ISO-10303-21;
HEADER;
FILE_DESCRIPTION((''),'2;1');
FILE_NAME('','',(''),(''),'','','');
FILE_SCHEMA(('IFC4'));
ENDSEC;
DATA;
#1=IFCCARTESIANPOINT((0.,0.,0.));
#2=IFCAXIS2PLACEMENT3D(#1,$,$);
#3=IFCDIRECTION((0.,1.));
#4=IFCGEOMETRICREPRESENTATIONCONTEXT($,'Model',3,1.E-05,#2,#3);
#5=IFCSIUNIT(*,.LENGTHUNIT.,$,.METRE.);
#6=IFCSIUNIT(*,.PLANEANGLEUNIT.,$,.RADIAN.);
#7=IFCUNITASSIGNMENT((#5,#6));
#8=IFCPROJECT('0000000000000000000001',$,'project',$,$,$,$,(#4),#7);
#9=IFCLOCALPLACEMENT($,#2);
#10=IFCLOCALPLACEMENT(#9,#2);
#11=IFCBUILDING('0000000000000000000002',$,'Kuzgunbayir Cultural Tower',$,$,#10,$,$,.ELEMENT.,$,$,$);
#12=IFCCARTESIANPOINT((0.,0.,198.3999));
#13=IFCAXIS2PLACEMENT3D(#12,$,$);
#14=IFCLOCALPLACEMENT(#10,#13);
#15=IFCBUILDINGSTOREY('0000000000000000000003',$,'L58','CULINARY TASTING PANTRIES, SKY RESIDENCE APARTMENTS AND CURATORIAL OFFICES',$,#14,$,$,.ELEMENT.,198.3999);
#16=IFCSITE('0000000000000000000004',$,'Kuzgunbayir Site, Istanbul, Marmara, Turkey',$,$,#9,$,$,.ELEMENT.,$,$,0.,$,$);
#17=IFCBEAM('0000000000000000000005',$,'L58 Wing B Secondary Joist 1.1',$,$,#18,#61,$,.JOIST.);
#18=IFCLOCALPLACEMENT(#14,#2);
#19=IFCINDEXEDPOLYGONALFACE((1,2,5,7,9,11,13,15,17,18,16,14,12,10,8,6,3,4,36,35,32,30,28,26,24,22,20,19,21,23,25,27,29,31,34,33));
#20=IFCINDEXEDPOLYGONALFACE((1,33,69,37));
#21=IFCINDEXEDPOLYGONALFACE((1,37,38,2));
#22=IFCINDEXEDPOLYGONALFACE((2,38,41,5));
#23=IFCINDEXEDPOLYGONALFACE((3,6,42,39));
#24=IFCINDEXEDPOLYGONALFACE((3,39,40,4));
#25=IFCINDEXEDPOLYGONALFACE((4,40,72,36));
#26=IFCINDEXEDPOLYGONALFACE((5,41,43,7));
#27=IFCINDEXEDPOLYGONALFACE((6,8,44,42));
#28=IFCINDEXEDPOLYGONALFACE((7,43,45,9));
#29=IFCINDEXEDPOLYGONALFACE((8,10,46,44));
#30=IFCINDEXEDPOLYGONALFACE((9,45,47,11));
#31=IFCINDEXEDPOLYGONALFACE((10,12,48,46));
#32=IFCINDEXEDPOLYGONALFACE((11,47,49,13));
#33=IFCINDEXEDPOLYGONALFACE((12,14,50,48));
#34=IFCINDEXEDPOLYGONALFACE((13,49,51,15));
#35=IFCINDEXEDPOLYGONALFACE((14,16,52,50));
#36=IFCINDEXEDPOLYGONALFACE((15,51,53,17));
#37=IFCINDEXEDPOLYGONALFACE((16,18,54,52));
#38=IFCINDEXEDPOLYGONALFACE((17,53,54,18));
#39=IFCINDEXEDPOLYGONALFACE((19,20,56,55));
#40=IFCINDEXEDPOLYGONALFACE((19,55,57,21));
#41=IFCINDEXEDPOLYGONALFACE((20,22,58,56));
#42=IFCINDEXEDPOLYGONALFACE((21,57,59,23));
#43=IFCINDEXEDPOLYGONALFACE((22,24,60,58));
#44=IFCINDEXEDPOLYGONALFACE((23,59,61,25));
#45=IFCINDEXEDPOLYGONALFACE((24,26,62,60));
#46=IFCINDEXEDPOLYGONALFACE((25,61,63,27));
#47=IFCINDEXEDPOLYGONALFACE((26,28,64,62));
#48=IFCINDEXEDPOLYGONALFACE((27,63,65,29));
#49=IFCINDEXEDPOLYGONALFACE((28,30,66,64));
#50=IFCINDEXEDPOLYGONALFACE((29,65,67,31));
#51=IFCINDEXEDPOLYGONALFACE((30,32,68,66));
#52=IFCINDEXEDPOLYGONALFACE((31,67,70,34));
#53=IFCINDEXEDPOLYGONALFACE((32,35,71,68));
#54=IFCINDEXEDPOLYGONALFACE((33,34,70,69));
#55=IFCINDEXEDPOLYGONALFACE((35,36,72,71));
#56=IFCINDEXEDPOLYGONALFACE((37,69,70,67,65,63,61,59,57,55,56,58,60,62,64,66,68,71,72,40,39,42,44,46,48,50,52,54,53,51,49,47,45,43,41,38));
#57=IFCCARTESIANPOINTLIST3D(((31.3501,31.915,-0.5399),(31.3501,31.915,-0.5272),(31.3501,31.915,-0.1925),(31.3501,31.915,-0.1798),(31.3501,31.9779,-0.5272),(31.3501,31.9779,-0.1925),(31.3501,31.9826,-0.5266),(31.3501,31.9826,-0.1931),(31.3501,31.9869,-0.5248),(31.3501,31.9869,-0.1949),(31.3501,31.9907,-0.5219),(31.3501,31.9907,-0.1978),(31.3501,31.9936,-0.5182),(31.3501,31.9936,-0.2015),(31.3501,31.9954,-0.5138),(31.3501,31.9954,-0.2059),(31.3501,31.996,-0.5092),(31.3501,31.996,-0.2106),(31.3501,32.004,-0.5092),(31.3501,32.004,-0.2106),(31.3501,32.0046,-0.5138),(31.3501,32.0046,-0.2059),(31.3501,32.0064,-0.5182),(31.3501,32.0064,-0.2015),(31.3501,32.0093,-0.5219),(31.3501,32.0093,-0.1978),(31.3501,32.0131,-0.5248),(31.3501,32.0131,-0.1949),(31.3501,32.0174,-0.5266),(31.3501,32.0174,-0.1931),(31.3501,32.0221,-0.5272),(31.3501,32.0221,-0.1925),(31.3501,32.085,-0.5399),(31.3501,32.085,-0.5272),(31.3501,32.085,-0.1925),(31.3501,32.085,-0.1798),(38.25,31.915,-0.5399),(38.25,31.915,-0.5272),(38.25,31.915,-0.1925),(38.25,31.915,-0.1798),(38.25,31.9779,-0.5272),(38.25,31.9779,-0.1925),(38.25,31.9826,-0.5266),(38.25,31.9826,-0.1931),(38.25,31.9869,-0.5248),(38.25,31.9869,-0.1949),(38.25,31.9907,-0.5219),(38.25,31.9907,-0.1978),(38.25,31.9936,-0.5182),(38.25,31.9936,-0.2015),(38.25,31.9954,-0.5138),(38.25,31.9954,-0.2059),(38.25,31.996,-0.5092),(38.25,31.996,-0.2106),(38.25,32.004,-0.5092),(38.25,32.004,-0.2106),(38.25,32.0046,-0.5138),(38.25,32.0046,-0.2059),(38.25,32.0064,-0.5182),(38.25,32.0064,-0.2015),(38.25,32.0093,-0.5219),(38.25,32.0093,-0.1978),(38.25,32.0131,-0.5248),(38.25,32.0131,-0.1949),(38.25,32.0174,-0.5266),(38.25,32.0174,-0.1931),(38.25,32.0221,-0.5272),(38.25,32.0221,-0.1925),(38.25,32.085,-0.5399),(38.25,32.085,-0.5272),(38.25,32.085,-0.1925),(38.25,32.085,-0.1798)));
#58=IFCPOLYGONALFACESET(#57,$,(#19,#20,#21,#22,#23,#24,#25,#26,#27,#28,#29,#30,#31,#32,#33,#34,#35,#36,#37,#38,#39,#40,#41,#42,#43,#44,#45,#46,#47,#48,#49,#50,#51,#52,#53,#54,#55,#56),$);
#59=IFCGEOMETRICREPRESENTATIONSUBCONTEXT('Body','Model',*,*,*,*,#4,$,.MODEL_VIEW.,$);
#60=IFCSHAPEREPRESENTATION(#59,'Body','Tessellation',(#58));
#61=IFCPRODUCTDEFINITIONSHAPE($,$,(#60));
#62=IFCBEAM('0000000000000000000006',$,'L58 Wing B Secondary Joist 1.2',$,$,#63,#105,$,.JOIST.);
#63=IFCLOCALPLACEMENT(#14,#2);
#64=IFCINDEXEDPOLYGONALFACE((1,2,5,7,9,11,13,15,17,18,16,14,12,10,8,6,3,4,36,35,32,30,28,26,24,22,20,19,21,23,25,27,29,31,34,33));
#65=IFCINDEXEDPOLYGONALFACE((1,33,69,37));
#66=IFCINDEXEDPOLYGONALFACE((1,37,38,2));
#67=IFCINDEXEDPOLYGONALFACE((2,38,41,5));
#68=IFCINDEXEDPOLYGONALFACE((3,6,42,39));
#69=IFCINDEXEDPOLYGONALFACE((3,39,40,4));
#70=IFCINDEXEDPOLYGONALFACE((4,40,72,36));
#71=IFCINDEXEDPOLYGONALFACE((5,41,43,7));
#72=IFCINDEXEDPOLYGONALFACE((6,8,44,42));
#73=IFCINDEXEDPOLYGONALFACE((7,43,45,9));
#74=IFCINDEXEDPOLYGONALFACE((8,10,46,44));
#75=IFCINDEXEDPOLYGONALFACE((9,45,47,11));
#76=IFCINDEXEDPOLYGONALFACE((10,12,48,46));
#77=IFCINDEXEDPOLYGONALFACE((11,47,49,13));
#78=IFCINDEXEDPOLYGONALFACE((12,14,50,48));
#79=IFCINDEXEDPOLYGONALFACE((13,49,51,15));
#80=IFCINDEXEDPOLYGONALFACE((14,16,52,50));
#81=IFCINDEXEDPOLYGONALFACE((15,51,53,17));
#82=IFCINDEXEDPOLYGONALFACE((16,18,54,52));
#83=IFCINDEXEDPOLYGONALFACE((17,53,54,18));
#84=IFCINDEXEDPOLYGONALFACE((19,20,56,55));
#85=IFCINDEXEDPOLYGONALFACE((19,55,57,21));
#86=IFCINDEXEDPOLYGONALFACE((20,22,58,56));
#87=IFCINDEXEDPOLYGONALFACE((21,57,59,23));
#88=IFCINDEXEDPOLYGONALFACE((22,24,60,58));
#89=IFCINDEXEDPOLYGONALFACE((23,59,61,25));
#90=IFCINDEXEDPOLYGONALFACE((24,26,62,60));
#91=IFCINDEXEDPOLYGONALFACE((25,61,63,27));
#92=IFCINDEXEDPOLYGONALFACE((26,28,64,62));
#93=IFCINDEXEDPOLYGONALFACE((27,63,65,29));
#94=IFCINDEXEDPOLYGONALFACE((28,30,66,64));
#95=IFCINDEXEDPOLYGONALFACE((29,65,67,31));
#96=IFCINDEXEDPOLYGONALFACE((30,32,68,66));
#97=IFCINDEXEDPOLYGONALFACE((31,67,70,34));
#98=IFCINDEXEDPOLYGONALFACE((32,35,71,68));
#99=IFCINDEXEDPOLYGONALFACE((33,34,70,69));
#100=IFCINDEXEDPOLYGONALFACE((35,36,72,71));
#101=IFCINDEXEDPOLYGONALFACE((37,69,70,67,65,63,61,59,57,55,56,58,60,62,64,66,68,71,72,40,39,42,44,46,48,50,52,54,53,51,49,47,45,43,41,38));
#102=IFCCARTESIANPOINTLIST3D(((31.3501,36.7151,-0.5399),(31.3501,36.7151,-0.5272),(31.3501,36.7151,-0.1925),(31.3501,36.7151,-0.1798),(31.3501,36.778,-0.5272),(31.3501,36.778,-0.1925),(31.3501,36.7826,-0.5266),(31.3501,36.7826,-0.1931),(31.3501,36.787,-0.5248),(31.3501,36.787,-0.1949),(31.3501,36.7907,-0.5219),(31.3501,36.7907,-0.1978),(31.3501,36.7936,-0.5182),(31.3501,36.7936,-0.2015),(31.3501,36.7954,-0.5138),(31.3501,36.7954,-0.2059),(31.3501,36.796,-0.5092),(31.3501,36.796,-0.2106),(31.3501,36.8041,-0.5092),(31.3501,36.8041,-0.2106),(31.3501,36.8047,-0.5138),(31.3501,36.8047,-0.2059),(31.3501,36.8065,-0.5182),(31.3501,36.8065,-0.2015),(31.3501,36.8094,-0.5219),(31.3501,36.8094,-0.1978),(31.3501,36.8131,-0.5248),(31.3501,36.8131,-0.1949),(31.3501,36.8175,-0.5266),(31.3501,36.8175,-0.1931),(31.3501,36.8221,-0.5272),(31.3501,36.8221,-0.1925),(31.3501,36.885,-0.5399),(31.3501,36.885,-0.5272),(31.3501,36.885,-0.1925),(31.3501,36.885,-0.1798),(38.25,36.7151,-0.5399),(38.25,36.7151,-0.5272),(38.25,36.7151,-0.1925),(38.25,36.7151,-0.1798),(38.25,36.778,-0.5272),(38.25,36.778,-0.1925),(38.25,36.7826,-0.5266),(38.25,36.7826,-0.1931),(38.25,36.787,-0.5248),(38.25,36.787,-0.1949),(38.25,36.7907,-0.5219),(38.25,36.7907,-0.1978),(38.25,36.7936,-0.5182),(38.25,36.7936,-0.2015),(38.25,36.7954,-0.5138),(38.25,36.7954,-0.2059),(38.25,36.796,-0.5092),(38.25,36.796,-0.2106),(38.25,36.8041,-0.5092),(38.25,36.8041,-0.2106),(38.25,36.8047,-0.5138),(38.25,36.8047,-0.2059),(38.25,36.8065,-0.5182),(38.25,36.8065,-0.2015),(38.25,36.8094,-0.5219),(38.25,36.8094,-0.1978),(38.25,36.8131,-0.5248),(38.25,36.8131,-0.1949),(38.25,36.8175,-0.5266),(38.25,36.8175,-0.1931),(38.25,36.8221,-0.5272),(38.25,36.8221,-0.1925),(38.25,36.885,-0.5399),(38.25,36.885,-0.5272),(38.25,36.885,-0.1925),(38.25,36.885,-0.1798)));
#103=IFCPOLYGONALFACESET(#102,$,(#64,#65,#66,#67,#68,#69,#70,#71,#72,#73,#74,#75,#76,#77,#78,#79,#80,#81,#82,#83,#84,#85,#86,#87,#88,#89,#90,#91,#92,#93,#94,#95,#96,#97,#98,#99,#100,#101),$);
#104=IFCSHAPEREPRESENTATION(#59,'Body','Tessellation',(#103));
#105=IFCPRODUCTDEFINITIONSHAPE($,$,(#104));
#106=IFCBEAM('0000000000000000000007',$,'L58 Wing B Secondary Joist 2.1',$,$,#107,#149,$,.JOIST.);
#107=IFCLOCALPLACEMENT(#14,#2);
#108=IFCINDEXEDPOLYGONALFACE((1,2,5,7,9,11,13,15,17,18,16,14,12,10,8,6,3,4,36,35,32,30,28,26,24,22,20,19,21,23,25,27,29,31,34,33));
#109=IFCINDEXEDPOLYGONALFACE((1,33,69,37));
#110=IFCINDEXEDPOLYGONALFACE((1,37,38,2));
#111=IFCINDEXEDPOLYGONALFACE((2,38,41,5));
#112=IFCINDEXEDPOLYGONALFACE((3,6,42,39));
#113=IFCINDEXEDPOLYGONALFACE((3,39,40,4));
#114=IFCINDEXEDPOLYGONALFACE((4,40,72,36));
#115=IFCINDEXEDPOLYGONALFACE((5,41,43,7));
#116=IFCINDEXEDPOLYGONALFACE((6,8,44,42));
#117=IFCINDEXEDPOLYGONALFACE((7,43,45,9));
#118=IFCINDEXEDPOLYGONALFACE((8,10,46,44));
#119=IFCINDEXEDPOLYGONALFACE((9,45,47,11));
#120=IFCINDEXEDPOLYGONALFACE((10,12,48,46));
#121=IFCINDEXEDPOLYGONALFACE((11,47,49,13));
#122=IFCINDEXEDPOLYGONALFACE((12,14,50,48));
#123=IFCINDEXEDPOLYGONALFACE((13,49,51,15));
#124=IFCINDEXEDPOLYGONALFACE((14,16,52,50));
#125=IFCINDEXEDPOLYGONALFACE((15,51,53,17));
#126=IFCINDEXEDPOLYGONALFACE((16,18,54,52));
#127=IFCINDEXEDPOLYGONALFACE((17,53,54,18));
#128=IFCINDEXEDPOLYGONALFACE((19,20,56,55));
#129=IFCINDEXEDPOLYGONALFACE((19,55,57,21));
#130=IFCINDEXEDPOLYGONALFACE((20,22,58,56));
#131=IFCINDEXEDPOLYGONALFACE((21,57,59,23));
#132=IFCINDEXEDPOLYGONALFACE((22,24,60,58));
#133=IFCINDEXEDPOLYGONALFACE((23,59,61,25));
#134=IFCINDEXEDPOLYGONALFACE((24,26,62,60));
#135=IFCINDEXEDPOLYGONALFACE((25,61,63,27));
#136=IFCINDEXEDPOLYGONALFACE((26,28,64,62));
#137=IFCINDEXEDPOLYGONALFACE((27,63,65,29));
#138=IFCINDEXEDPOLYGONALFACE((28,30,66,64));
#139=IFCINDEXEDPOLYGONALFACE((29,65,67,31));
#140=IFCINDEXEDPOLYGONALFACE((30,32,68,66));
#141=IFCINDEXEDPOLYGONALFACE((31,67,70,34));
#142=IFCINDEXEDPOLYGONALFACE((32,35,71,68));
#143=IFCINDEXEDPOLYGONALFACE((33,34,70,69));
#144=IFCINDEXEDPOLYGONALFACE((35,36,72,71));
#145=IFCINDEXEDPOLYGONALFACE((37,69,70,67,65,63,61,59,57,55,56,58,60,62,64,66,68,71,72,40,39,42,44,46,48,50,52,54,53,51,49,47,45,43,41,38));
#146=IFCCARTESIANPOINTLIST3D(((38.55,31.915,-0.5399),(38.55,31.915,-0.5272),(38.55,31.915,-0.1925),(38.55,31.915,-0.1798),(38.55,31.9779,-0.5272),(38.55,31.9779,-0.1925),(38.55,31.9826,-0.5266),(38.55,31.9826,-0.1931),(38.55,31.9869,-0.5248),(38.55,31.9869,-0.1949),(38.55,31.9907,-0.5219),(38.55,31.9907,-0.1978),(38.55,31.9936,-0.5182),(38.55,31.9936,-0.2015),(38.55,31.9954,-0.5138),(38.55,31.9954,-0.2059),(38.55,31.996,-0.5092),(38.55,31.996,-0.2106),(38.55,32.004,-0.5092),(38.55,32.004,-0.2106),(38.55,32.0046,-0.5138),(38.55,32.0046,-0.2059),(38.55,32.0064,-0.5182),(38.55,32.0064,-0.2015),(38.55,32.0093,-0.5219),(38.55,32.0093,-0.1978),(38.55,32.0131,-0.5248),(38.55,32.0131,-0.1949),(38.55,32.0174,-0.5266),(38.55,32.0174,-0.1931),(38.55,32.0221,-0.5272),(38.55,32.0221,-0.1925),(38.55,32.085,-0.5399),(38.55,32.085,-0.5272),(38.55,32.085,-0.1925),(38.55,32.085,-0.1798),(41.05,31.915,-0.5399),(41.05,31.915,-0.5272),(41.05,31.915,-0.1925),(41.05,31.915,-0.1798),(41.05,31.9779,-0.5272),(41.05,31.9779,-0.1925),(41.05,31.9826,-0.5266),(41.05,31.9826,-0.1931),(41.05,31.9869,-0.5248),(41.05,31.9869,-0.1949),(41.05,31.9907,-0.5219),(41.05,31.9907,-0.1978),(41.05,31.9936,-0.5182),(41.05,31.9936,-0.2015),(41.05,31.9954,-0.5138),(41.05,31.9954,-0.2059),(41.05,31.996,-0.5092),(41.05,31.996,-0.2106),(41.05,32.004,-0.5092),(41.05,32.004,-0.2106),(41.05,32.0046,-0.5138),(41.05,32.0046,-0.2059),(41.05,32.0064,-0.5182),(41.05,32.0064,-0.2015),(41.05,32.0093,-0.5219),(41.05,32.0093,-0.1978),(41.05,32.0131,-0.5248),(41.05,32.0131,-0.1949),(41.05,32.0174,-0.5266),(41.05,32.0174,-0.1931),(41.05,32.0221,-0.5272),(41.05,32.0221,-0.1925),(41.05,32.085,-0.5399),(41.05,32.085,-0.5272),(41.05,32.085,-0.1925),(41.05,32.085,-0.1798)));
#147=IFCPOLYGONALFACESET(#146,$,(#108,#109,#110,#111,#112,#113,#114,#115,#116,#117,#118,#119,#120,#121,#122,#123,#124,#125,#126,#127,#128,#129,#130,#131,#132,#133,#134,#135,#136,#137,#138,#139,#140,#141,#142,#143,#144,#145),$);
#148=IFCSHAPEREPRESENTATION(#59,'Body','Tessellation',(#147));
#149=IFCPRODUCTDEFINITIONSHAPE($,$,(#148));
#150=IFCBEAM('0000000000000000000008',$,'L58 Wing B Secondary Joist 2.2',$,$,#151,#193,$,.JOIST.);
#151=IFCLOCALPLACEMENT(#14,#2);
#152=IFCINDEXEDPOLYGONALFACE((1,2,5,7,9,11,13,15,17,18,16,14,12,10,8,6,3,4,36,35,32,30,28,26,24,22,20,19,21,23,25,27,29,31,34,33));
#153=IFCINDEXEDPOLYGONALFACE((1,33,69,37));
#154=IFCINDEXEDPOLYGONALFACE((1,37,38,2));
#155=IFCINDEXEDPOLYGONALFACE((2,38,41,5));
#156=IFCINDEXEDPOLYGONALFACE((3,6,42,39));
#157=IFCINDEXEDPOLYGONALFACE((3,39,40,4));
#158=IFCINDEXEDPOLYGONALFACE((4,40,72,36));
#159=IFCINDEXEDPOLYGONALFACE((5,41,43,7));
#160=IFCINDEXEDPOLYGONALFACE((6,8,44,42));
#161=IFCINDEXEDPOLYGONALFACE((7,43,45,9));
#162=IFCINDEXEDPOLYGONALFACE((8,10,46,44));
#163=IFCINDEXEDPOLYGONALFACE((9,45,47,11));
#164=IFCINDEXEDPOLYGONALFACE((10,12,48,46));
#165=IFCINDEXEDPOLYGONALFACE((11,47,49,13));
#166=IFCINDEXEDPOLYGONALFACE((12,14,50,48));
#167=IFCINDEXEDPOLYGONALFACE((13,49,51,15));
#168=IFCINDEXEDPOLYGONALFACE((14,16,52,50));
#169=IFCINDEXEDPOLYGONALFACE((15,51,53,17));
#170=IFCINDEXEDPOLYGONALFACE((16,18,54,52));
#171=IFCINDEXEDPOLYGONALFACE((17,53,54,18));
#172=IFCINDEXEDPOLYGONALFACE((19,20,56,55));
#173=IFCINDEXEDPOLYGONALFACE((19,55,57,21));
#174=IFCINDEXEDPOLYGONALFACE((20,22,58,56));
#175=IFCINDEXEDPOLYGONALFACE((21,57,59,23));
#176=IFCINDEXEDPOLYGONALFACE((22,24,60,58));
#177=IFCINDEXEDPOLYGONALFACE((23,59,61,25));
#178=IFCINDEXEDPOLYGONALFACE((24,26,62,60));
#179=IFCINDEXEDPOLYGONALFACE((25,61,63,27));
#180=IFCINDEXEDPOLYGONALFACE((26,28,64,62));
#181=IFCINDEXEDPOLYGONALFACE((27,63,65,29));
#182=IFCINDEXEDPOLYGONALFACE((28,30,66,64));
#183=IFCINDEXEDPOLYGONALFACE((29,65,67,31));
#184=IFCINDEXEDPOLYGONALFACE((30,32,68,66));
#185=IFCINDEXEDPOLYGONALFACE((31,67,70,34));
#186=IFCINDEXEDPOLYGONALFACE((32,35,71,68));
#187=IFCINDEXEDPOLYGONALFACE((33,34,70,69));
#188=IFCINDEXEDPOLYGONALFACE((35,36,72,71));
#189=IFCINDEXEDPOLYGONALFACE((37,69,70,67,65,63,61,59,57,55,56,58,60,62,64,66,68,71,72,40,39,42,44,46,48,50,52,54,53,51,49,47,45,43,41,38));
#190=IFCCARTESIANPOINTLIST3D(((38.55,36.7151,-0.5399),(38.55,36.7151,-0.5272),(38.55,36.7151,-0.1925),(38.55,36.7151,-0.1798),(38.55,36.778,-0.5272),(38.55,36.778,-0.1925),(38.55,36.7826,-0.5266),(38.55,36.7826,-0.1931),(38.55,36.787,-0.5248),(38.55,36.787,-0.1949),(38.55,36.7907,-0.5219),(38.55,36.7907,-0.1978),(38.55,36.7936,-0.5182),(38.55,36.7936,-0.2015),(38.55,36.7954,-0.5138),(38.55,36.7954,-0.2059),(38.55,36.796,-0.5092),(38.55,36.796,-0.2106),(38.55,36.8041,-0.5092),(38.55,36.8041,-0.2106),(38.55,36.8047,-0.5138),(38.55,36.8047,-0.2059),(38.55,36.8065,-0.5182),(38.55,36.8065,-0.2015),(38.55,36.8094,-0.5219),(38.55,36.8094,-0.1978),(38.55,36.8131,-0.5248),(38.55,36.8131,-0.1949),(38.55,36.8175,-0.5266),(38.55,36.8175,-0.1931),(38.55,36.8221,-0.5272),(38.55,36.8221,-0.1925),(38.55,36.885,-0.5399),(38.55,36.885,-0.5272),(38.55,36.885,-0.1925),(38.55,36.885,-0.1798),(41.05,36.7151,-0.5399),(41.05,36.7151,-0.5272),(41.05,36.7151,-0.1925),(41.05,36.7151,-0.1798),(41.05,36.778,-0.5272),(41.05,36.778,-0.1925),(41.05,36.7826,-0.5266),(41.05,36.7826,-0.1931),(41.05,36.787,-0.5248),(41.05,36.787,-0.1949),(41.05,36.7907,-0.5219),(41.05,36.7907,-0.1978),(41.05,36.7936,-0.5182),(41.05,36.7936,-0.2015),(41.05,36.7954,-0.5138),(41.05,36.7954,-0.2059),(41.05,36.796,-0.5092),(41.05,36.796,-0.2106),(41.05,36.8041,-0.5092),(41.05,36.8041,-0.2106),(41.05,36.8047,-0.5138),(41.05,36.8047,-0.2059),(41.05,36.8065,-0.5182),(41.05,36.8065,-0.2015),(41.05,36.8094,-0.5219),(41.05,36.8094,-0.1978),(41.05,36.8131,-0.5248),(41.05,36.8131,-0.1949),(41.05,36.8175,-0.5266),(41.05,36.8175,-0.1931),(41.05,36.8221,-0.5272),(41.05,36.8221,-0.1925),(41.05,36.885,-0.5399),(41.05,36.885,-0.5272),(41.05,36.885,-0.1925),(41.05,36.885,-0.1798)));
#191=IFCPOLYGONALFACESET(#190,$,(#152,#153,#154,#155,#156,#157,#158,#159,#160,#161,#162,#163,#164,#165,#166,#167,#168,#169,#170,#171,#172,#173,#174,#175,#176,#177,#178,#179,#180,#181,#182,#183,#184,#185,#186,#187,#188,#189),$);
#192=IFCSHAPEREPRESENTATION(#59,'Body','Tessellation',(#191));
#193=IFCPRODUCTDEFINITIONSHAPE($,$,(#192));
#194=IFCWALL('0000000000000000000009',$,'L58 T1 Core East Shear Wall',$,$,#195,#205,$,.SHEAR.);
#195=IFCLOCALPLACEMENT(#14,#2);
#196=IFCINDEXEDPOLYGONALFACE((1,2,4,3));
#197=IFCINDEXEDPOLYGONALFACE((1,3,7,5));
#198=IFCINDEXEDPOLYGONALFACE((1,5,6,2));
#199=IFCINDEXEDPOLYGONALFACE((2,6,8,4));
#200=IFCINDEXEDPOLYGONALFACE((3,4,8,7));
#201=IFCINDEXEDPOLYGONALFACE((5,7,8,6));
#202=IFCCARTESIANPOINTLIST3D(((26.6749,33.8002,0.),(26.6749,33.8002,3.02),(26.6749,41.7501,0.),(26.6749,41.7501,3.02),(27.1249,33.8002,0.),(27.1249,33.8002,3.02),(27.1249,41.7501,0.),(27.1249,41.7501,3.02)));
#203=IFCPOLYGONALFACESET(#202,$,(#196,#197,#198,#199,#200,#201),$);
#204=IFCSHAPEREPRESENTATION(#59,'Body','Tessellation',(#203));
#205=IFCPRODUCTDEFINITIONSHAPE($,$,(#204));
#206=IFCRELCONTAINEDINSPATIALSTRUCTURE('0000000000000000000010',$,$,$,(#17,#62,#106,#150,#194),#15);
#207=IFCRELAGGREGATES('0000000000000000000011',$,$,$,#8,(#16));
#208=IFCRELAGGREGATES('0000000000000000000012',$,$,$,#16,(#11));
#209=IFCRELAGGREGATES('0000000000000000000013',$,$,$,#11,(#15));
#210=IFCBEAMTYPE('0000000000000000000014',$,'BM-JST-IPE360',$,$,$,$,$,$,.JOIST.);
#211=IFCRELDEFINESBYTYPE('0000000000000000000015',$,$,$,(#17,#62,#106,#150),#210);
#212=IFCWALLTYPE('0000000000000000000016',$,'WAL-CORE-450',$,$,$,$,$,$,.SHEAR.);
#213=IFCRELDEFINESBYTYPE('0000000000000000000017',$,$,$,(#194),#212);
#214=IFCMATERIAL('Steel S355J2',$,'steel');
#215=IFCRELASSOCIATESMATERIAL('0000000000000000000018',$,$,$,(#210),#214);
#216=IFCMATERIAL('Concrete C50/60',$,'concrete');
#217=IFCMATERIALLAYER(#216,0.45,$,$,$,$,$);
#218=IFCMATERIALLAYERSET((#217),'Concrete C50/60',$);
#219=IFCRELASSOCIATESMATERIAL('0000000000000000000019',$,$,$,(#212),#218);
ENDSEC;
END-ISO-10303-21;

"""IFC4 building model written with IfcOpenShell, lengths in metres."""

from ifc_helpers import new_model, si_unit, direction, frame, frame_2d, origin, origin_2d, place, context, subcontext, project, spatial, rectangle, i_section, extrude, material, layer, layer_set, material_profile, profile_set, type_object, element, save


model = new_model("IFC4")

# Units and contexts
model_context = context("Model", 3, precision=1e-05, world=origin(), true_north=direction((0.0, 1.0)))
body_context = subcontext(model_context, "Body", "Model", "MODEL_VIEW")
ifc_project = project(units=[si_unit("LENGTHUNIT", "METRE"), si_unit("PLANEANGLEUNIT", "RADIAN")], contexts=[model_context])

# Site, building, storey
site_placement = place(None, origin())
site = spatial("IfcSite", under=ifc_project, at=site_placement, Name="Kuzgunbayir Site, Istanbul, Marmara, Turkey", CompositionType="ELEMENT", RefElevation=0.0)
building_placement = place(site_placement, origin())
building = spatial("IfcBuilding", under=site, at=building_placement, Name="Kuzgunbayir Cultural Tower", CompositionType="ELEMENT")
storey_placement = place(building_placement, frame((0.0, 0.0, 198.3999)))
storey = spatial("IfcBuildingStorey", under=building, at=storey_placement, Name="L58", Description="CULINARY TASTING PANTRIES, SKY RESIDENCE APARTMENTS AND CURATORIAL OFFICES", CompositionType="ELEMENT", Elevation=198.3999)

# Shared definitions
ifc_material_1 = material(Name="Concrete C50/60", Category="concrete")

# Beams
ifc_material_2 = material(Name="Steel S355J2", Category="steel")
ifc_material_profile_1 = material_profile(ifc_material_2, i_section(OverallWidth=0.1699, OverallDepth=0.3601, WebThickness=0.0081, FlangeThickness=0.0127, FilletRadius=0.0181, at=origin_2d()), Name="IPE 360")
ifc_profile_set_1 = profile_set([ifc_material_profile_1], Name="Steel S355J2")
beam_type_1 = type_object("IfcBeamType", Name="BM-JST-IPE360", PredefinedType="JOIST", material=ifc_profile_set_1)
for number, where, z_axis, x_axis, name in (
    (1, (31.3501, 32.0, -0.3599), (1.0, 0.0, 0.0), (0.0, 1.0, 0.0), "L58 Wing B Secondary Joist 1.1"),
    (2, (31.3501, 36.8, -0.3599), (1.0, 0.0, 0.0), (0.0, 1.0, 0.0), "L58 Wing B Secondary Joist 1.2"),
):
    element("IfcBeam", number, at=place(storey_placement, frame(where, z_axis=z_axis, x_axis=x_axis)), inside=storey, type_object=beam_type_1, Name=name, PredefinedType="JOIST", context=body_context, shape_type="SweptSolid", body=[
        extrude(i_section(OverallWidth=0.1699, OverallDepth=0.3601, WebThickness=0.0081, FlangeThickness=0.0127, FilletRadius=0.0181, at=origin_2d()), origin(), (0.0, 0.0, 1.0), 6.8999),
    ])
for number, where, z_axis, x_axis, name in (
    (3, (38.55, 32.0, -0.3599), (1.0, 0.0, 0.0), (0.0, 1.0, 0.0), "L58 Wing B Secondary Joist 2.1"),
    (4, (38.55, 36.8, -0.3599), (1.0, 0.0, 0.0), (0.0, 1.0, 0.0), "L58 Wing B Secondary Joist 2.2"),
):
    element("IfcBeam", number, at=place(storey_placement, frame(where, z_axis=z_axis, x_axis=x_axis)), inside=storey, type_object=beam_type_1, Name=name, PredefinedType="JOIST", context=body_context, shape_type="SweptSolid", body=[
        extrude(i_section(OverallWidth=0.1699, OverallDepth=0.3601, WebThickness=0.0081, FlangeThickness=0.0127, FilletRadius=0.0181, at=origin_2d()), origin(), (0.0, 0.0, 1.0), 2.5),
    ])

# Wall
ifc_layer_1 = layer(ifc_material_1, 0.45)
ifc_layer_set_1 = layer_set([ifc_layer_1], Name="Concrete C50/60")
wall_type_1 = type_object("IfcWallType", Name="WAL-CORE-450", PredefinedType="SHEAR", material=ifc_layer_set_1)
wall_1_placement = place(storey_placement, frame((26.8999, 33.8, 0.0), z_axis=(0.0, 0.0, 1.0), x_axis=(0.0, 1.0, 0.0)))
element("IfcWall", 5, at=wall_1_placement, inside=storey, type_object=wall_type_1, Name="L58 T1 Core East Shear Wall", PredefinedType="SHEAR", context=body_context, shape_type="SweptSolid", body=[
    extrude(rectangle(XDim=7.95, YDim=0.45, at=frame_2d((3.9751, 0.0))), origin(), (0.0, 0.0, 1.0), 3.02),
])

save(model, "model.ifc")
